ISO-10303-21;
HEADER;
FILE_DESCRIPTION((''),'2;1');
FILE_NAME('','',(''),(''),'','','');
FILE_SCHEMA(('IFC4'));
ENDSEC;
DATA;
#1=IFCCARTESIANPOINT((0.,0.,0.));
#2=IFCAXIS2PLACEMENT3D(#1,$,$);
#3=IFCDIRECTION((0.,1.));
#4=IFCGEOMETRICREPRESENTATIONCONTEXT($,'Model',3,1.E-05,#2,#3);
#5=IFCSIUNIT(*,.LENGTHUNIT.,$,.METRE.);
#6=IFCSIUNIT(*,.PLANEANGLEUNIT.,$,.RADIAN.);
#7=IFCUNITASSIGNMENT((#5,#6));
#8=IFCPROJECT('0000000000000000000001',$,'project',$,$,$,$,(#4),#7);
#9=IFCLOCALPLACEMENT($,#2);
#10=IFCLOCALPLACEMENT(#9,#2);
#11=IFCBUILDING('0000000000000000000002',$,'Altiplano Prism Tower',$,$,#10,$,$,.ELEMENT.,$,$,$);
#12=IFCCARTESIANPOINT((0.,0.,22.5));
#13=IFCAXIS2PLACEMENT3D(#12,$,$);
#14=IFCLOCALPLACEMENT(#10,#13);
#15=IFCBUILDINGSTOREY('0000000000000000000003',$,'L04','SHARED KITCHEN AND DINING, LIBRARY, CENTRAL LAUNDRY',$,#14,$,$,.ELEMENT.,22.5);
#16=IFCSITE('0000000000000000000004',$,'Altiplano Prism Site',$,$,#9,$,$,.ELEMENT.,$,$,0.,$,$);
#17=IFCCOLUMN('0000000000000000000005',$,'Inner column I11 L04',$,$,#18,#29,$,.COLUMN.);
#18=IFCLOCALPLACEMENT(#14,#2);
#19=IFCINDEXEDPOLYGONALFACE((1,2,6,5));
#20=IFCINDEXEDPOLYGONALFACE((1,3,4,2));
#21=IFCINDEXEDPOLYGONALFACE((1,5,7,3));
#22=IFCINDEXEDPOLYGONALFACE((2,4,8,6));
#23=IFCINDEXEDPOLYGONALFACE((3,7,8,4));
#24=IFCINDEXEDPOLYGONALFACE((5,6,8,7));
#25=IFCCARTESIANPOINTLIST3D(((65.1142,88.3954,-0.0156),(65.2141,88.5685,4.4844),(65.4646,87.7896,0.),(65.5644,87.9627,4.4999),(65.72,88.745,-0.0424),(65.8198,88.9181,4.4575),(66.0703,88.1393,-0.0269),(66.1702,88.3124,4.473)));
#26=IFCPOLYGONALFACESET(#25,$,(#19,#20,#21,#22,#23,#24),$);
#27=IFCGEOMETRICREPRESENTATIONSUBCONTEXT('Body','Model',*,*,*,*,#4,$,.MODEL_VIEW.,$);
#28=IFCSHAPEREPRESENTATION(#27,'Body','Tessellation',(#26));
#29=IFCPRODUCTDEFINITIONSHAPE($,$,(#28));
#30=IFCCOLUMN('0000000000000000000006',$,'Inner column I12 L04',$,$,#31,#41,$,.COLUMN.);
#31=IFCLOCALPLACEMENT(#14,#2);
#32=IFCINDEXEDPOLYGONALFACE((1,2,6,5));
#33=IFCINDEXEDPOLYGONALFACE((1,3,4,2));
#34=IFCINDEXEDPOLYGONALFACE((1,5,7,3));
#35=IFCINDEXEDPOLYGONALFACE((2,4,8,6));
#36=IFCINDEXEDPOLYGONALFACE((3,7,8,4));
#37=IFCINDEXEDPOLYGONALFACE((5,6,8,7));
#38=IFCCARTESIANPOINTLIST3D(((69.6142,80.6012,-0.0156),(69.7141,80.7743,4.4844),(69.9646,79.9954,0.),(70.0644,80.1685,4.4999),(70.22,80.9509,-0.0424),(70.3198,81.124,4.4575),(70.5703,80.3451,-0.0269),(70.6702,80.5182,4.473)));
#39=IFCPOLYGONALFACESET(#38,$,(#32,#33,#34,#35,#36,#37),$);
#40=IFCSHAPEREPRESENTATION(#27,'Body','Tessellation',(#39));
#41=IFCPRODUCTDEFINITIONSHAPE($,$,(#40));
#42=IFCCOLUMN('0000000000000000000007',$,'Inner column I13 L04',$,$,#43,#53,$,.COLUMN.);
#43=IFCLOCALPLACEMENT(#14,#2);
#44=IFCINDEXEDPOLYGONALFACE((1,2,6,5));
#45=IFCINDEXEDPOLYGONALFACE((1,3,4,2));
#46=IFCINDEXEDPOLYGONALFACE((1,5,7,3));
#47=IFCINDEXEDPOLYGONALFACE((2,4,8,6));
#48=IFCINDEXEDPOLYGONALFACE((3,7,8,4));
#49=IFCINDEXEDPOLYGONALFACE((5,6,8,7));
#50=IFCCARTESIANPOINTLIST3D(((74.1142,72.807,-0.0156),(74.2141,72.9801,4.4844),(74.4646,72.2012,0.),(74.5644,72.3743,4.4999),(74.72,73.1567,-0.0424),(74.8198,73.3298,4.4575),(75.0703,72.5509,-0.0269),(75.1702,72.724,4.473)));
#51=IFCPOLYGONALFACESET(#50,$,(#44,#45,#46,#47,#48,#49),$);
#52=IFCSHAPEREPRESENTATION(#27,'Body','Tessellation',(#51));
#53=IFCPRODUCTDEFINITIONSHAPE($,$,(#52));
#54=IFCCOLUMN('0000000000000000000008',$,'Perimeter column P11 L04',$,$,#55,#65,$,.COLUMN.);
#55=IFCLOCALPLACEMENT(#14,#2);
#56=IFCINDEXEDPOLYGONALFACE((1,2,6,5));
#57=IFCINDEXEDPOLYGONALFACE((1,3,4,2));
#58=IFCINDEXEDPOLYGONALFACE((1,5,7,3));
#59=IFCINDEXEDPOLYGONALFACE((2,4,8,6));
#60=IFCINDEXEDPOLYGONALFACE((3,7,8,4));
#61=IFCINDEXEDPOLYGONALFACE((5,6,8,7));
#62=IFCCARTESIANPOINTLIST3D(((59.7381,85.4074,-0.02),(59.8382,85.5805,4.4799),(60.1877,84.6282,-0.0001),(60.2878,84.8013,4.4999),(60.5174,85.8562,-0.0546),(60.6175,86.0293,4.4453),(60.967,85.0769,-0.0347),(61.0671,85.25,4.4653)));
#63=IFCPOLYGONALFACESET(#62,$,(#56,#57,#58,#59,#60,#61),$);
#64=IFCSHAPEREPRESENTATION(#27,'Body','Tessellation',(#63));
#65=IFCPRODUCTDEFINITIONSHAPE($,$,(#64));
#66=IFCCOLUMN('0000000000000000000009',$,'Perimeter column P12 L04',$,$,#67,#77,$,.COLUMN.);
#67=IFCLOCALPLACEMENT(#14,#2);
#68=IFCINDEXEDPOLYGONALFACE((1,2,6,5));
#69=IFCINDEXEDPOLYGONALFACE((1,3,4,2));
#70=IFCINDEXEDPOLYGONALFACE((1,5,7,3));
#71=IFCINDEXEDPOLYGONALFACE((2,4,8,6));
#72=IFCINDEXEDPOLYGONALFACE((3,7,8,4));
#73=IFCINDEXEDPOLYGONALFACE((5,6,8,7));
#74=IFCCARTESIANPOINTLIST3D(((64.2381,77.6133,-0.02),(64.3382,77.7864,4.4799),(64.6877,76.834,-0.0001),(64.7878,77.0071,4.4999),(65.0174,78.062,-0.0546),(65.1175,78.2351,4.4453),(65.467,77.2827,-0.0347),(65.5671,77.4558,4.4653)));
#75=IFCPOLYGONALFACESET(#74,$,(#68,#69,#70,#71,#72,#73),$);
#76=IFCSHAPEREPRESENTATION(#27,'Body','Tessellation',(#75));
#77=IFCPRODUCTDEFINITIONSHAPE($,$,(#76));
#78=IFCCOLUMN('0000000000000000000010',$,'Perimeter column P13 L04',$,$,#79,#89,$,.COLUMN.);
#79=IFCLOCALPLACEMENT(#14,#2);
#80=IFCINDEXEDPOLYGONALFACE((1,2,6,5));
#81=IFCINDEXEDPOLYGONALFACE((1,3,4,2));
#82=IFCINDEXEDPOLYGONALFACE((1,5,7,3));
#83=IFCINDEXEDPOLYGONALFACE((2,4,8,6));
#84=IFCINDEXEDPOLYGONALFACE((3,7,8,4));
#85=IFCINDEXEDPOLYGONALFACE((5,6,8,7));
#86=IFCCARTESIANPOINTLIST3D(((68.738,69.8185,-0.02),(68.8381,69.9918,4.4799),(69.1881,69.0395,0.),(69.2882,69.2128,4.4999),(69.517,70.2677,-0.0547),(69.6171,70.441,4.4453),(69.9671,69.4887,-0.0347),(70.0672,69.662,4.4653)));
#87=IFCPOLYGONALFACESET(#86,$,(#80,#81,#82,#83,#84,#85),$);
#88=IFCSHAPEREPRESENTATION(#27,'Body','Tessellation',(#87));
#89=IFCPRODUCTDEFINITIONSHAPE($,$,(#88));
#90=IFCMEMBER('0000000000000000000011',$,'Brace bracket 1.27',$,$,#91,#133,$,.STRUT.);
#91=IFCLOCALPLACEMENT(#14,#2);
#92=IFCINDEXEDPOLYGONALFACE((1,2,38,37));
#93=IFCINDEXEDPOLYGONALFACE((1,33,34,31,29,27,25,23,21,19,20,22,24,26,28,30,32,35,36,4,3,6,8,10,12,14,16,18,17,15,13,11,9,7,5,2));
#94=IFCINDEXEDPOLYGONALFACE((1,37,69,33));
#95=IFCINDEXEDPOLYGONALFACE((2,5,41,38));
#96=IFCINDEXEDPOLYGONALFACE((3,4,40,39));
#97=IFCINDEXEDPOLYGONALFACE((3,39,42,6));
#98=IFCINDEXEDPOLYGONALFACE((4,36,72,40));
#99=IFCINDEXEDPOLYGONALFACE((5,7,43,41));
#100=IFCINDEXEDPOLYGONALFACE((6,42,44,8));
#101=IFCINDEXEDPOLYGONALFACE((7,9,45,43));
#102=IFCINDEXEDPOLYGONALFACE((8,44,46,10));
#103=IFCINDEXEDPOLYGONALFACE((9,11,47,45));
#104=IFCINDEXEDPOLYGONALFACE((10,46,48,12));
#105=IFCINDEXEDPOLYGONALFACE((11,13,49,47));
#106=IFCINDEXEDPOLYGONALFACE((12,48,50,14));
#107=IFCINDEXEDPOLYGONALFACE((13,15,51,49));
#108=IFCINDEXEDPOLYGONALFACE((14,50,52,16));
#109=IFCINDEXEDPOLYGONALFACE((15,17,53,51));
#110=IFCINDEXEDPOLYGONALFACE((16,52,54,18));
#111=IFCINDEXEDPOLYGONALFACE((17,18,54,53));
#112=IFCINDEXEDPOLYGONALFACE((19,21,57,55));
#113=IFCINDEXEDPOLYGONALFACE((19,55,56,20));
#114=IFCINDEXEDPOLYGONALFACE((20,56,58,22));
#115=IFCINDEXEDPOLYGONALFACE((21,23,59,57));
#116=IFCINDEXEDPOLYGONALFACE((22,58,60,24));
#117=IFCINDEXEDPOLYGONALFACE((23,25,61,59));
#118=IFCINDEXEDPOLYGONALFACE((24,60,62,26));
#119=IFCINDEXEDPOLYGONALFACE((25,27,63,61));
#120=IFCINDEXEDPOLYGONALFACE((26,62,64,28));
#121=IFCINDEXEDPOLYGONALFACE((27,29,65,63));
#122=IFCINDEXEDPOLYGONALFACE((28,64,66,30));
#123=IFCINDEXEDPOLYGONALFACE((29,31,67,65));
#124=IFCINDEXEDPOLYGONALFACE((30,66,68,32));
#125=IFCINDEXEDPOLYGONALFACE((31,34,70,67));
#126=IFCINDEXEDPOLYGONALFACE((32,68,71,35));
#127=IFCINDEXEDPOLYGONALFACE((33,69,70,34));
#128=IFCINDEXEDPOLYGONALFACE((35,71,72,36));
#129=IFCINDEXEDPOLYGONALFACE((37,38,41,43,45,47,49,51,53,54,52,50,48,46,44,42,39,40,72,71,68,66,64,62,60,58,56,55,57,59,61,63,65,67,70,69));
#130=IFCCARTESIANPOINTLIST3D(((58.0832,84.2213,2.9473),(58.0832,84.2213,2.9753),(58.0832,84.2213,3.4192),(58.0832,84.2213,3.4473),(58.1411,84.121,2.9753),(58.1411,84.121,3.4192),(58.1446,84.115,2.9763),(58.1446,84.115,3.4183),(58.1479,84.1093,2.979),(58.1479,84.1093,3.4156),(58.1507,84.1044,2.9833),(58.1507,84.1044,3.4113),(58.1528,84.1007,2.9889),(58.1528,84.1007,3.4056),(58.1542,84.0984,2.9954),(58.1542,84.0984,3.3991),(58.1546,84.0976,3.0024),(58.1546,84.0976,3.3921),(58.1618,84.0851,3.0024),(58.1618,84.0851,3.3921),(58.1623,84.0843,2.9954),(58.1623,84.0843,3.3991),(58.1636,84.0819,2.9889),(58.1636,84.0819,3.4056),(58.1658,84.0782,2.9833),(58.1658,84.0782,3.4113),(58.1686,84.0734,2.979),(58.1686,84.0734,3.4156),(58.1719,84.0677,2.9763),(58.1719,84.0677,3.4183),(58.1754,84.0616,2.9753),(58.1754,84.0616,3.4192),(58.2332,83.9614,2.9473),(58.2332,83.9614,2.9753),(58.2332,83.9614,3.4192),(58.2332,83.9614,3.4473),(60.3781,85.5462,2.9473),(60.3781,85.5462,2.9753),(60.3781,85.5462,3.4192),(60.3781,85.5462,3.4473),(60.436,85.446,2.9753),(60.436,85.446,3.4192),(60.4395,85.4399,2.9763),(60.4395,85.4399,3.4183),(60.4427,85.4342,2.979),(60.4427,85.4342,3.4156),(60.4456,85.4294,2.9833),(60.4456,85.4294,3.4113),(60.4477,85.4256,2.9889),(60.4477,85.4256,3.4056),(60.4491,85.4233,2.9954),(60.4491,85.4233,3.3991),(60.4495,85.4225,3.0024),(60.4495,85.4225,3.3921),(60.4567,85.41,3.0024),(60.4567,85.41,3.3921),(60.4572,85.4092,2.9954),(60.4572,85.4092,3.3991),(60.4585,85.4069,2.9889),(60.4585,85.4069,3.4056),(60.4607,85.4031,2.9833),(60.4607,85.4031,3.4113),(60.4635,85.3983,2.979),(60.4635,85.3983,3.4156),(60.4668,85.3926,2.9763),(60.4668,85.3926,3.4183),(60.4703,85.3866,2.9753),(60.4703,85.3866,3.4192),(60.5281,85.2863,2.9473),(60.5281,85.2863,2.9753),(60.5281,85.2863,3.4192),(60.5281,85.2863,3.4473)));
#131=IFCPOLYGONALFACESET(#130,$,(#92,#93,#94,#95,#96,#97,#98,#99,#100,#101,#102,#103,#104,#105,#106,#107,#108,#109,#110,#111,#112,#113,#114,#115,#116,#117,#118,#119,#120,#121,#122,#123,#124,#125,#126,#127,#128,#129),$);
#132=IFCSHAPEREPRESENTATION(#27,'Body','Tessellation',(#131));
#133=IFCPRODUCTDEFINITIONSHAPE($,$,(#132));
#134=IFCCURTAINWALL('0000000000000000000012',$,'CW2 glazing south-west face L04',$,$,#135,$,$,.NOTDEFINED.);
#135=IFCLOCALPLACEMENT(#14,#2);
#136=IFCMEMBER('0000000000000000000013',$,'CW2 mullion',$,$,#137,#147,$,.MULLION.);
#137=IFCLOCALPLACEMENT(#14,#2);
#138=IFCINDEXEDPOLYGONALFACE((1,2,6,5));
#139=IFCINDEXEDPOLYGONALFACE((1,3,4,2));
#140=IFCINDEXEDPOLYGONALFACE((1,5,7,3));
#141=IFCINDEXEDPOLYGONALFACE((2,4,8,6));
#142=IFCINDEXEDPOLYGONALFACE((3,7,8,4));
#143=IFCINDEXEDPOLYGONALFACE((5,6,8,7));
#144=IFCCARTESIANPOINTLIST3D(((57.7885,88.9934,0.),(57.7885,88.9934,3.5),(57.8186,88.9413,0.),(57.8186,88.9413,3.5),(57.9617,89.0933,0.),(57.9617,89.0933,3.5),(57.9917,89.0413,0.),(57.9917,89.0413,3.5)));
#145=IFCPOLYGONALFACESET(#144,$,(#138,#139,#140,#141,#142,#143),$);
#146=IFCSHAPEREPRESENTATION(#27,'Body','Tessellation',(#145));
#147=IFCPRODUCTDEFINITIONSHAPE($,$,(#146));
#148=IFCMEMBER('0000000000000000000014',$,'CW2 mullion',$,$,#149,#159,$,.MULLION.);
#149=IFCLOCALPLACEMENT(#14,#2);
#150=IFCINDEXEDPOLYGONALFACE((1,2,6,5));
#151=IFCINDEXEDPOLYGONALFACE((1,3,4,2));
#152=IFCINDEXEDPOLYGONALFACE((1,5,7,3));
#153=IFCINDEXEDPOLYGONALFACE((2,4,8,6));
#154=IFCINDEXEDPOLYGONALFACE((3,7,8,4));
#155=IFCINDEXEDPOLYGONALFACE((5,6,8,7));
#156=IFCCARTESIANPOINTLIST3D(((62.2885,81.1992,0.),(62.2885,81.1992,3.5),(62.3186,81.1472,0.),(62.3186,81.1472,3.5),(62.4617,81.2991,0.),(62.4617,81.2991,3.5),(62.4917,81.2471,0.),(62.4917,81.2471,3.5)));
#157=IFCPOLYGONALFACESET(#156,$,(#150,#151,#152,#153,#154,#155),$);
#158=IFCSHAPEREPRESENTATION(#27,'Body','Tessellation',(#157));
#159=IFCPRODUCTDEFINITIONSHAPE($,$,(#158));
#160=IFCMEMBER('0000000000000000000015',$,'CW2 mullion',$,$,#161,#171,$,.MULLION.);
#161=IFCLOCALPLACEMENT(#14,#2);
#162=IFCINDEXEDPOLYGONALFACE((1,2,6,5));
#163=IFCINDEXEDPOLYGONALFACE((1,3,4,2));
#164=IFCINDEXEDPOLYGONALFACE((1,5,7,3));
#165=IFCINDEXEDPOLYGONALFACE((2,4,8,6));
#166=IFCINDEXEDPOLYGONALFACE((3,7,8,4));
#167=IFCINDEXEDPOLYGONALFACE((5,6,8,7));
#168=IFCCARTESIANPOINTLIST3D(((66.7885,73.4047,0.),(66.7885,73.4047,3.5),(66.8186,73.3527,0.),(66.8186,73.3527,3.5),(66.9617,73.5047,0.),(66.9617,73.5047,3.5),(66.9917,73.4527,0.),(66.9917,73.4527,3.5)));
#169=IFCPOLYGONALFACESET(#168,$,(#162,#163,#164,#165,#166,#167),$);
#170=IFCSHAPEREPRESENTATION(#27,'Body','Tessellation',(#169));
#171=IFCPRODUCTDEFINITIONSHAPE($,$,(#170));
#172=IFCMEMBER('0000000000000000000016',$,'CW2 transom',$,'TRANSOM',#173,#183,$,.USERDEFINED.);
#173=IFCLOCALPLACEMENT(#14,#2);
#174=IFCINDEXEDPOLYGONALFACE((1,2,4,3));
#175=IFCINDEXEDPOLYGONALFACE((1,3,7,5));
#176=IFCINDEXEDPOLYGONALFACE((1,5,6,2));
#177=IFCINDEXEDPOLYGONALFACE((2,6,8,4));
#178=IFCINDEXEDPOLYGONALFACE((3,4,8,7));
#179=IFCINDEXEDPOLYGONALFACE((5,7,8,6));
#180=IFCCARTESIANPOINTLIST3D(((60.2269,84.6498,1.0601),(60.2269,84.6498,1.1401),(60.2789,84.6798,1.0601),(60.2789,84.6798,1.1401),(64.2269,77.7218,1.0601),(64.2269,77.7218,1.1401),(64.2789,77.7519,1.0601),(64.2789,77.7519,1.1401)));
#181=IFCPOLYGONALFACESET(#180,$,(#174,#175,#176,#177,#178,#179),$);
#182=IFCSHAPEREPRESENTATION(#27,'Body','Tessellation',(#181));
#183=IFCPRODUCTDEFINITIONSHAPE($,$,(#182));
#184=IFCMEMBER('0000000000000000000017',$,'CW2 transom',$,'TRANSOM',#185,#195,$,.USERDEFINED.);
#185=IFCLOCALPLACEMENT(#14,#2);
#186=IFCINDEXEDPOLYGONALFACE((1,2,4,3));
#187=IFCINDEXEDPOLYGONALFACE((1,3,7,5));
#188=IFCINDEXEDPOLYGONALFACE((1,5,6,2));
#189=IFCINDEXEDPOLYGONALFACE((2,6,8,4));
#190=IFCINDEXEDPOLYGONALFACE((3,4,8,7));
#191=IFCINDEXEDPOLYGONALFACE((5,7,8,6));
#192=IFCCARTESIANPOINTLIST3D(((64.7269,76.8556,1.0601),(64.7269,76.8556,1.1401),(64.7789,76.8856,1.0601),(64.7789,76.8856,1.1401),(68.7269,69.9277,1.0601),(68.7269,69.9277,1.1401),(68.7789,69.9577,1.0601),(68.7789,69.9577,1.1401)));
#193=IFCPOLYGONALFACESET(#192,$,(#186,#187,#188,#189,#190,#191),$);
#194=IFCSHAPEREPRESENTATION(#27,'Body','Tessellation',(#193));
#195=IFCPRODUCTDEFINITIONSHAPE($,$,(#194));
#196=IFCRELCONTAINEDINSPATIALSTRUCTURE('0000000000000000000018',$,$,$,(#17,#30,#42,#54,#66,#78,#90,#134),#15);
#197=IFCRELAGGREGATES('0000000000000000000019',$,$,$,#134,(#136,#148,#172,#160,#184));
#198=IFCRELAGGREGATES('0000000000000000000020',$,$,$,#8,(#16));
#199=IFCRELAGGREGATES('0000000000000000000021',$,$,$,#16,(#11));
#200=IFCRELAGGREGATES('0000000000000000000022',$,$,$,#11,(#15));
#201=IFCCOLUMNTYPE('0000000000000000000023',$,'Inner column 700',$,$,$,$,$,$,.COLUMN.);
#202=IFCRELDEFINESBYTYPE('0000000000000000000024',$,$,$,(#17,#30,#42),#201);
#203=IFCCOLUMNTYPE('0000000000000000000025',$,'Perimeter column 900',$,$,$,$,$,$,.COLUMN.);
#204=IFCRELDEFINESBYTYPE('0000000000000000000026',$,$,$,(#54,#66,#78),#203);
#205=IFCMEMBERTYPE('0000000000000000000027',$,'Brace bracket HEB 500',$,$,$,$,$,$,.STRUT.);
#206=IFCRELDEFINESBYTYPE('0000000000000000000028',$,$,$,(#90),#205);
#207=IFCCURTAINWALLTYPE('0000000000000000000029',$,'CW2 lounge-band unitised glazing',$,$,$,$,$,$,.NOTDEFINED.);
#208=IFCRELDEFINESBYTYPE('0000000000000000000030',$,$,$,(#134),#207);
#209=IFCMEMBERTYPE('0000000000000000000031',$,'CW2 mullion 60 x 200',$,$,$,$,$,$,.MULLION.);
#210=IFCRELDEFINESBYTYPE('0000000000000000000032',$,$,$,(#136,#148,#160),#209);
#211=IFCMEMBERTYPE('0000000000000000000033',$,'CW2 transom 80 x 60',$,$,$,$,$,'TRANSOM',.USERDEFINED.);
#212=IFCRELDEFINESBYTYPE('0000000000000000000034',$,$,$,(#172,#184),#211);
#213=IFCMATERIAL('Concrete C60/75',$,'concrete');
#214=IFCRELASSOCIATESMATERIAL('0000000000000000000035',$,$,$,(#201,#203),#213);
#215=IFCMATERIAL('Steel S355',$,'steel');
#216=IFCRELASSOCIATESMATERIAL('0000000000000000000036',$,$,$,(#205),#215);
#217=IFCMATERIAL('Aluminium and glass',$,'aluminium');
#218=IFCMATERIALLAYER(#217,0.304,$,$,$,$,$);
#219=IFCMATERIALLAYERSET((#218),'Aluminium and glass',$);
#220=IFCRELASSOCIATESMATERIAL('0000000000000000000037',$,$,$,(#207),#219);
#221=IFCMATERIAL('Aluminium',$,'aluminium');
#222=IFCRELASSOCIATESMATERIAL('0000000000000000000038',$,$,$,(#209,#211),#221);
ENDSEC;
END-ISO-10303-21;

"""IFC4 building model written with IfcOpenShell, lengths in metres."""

from ifc_helpers import new_model, si_unit, direction, frame, origin, origin_2d, place, context, subcontext, project, spatial, rectangle, i_section, extrude, material, layer, layer_set, material_profile, profile_set, type_object, element, aggregate, save


model = new_model("IFC4")

# Units and contexts
model_context = context("Model", 3, precision=1e-05, world=origin(), true_north=direction((0.0, 1.0)))
body_context = subcontext(model_context, "Body", "Model", "MODEL_VIEW")
ifc_project = project(units=[si_unit("LENGTHUNIT", "METRE"), si_unit("PLANEANGLEUNIT", "RADIAN")], contexts=[model_context])

# Site, building, storey
site_placement = place(None, origin())
site = spatial("IfcSite", under=ifc_project, at=site_placement, Name="Altiplano Prism Site", CompositionType="ELEMENT", RefElevation=0.0)
building_placement = place(site_placement, origin())
building = spatial("IfcBuilding", under=site, at=building_placement, Name="Altiplano Prism Tower", CompositionType="ELEMENT")
storey_placement = place(building_placement, frame((0.0, 0.0, 22.5)))
storey = spatial("IfcBuildingStorey", under=building, at=storey_placement, Name="L04", Description="SHARED KITCHEN AND DINING, LIBRARY, CENTRAL LAUNDRY", CompositionType="ELEMENT", Elevation=22.5)

# Columns
ifc_material_1 = material(Name="Concrete C60/75", Category="concrete")
ifc_material_profile_1 = material_profile(ifc_material_1, rectangle(XDim=0.7, YDim=0.7, at=origin_2d()), Name="Inner column 700")
ifc_profile_set_1 = profile_set([ifc_material_profile_1], Name="Concrete C60/75")
column_type_1 = type_object("IfcColumnType", Name="Inner column 700", PredefinedType="COLUMN", material=ifc_profile_set_1)
for number, where, z_axis, x_axis, name in (
    (1, (65.5923, 88.2673, -0.0212), (0.022168, 0.038428, 0.999015), (-0.865415, -0.499581, 0.03842), "Inner column I11 L04"),
    (2, (70.0923, 80.4731, -0.0212), (0.022168, 0.038428, 0.999015), (-0.865418, -0.499575, 0.03842), "Inner column I12 L04"),
    (3, (74.5923, 72.679, -0.0212), (0.022168, 0.038428, 0.999015), (-0.865419, -0.499573, 0.03842), "Inner column I13 L04"),
):
    element("IfcColumn", number, at=place(storey_placement, frame(where, z_axis=z_axis, x_axis=x_axis)), inside=storey, type_object=column_type_1, Name=name, PredefinedType="COLUMN", context=body_context, shape_type="SweptSolid", body=[
        extrude(rectangle(XDim=0.7, YDim=0.7, at=origin_2d()), origin(), (0.0, 0.0, 1.0), 4.5044),
    ])
ifc_material_profile_2 = material_profile(ifc_material_1, rectangle(XDim=0.8999, YDim=0.8999, at=origin_2d()), Name="Perimeter column 900")
ifc_profile_set_2 = profile_set([ifc_material_profile_2], Name="Concrete C60/75")
column_type_2 = type_object("IfcColumnType", Name="Perimeter column 900", PredefinedType="COLUMN", material=ifc_profile_set_2)
for number, where, z_axis, x_axis, name in (
    (4, (60.3525, 85.2422, -0.0273), (0.022222, 0.038428, 0.999014), (-0.865944, -0.498661, 0.038443), "Perimeter column P11 L04"),
    (5, (64.8525, 77.448, -0.0273), (0.022222, 0.038428, 0.999014), (-0.865945, -0.498659, 0.038443), "Perimeter column P12 L04"),
    (6, (69.3525, 69.6536, -0.0273), (0.022222, 0.038482, 0.999012), (-0.865641, -0.499184, 0.038484), "Perimeter column P13 L04"),
):
    element("IfcColumn", number, at=place(storey_placement, frame(where, z_axis=z_axis, x_axis=x_axis)), inside=storey, type_object=column_type_2, Name=name, PredefinedType="COLUMN", context=body_context, shape_type="SweptSolid", body=[
        extrude(rectangle(XDim=0.8999, YDim=0.8999, at=origin_2d()), origin(), (0.0, 0.0, 1.0), 4.5044),
    ])

# Member
ifc_material_2 = material(Name="Steel S355", Category="steel")
ifc_material_profile_3 = material_profile(ifc_material_2, i_section(OverallWidth=0.3, OverallDepth=0.5, WebThickness=0.0144, FlangeThickness=0.0281, FilletRadius=0.0271, at=origin_2d()), Name="Brace bracket HEB 500")
ifc_profile_set_3 = profile_set([ifc_material_profile_3], Name="Steel S355")
member_type_1 = type_object("IfcMemberType", Name="Brace bracket HEB 500", PredefinedType="STRUT", material=ifc_profile_set_3)
member_1_placement = place(storey_placement, frame((60.4531, 85.4163, 3.1973), z_axis=(-0.866029, -0.499994, 0.0), x_axis=(0.499994, -0.866029, 0.0)))
element("IfcMember", 7, at=member_1_placement, inside=storey, type_object=member_type_1, Name="Brace bracket 1.27", PredefinedType="STRUT", context=body_context, shape_type="SweptSolid", body=[
    extrude(i_section(OverallWidth=0.3, OverallDepth=0.5, WebThickness=0.0144, FlangeThickness=0.0281, FilletRadius=0.0271, at=origin_2d()), origin(), (0.0, 0.0, 1.0), 2.6499),
])

# Curtain wall, members
ifc_material_3 = material(Name="Aluminium and glass", Category="aluminium")
ifc_layer_1 = layer(ifc_material_3, 0.304)
ifc_layer_set_1 = layer_set([ifc_layer_1], Name="Aluminium and glass")
curtain_wall_type = type_object("IfcCurtainWallType", Name="CW2 lounge-band unitised glazing", PredefinedType="NOTDEFINED", material=ifc_layer_set_1)
curtain_wall_placement = place(storey_placement, origin())
curtain_wall = element("IfcCurtainWall", 8, at=curtain_wall_placement, inside=storey, type_object=curtain_wall_type, Name="CW2 glazing south-west face L04", PredefinedType="NOTDEFINED")
ifc_material_4 = material(Name="Aluminium", Category="aluminium")
ifc_material_profile_4 = material_profile(ifc_material_4, rectangle(XDim=0.2, YDim=0.0601, at=origin_2d()), Name="CW2 mullion 60 x 200")
ifc_profile_set_4 = profile_set([ifc_material_profile_4], Name="Aluminium")
member_type_2 = type_object("IfcMemberType", Name="CW2 mullion 60 x 200", PredefinedType="MULLION", material=ifc_profile_set_4)
member_2_placement = place(storey_placement, frame((57.8901, 89.0173, 0.0), z_axis=(0.0, 0.0, 1.0), x_axis=(0.866025, 0.5, 0.0)))
member_2 = element("IfcMember", 9, at=member_2_placement, type_object=member_type_2, Name="CW2 mullion", PredefinedType="MULLION", context=body_context, shape_type="SweptSolid", body=[
    extrude(rectangle(XDim=0.2, YDim=0.0601, at=origin_2d()), origin(), (0.0, 0.0, 1.0), 3.5),
])
member_3_placement = place(storey_placement, frame((62.3901, 81.2231, 0.0), z_axis=(0.0, 0.0, 1.0), x_axis=(0.866025, 0.5, 0.0)))
member_3 = element("IfcMember", 10, at=member_3_placement, type_object=member_type_2, Name="CW2 mullion", PredefinedType="MULLION", context=body_context, shape_type="SweptSolid", body=[
    extrude(rectangle(XDim=0.2, YDim=0.0601, at=origin_2d()), origin(), (0.0, 0.0, 1.0), 3.5),
])
member_4_placement = place(storey_placement, frame((66.8901, 73.4287, 0.0), z_axis=(0.0, 0.0, 1.0), x_axis=(0.866025, 0.5, 0.0)))
member_4 = element("IfcMember", 11, at=member_4_placement, type_object=member_type_2, Name="CW2 mullion", PredefinedType="MULLION", context=body_context, shape_type="SweptSolid", body=[
    extrude(rectangle(XDim=0.2, YDim=0.0601, at=origin_2d()), origin(), (0.0, 0.0, 1.0), 3.5),
])
ifc_material_profile_5 = material_profile(ifc_material_4, rectangle(XDim=0.0601, YDim=0.0801, at=origin_2d()), Name="CW2 transom 80 x 60")
ifc_profile_set_5 = profile_set([ifc_material_profile_5], Name="Aluminium")
member_type_3 = type_object("IfcMemberType", Name="CW2 transom 80 x 60", ElementType="TRANSOM", PredefinedType="USERDEFINED", material=ifc_profile_set_5)
member_5_placement = place(storey_placement, frame((60.2529, 84.6648, 1.1001), z_axis=(0.500012, -0.866018, 0.0), x_axis=(0.866018, 0.500012, 0.0)))
member_5 = element("IfcMember", 12, at=member_5_placement, type_object=member_type_3, Name="CW2 transom", ObjectType="TRANSOM", PredefinedType="USERDEFINED", context=body_context, shape_type="SweptSolid", body=[
    extrude(rectangle(XDim=0.0601, YDim=0.0801, at=origin_2d()), origin(), (0.0, 0.0, 1.0), 7.9998),
])
member_6_placement = place(storey_placement, frame((64.7529, 76.8706, 1.1001), z_axis=(0.500012, -0.866018, 0.0), x_axis=(0.866018, 0.500012, 0.0)))
member_6 = element("IfcMember", 13, at=member_6_placement, type_object=member_type_3, Name="CW2 transom", ObjectType="TRANSOM", PredefinedType="USERDEFINED", context=body_context, shape_type="SweptSolid", body=[
    extrude(rectangle(XDim=0.0601, YDim=0.0801, at=origin_2d()), origin(), (0.0, 0.0, 1.0), 7.9998),
])

aggregate(curtain_wall, [member_2, member_3, member_5, member_4, member_6])

save(model, "model.ifc")
